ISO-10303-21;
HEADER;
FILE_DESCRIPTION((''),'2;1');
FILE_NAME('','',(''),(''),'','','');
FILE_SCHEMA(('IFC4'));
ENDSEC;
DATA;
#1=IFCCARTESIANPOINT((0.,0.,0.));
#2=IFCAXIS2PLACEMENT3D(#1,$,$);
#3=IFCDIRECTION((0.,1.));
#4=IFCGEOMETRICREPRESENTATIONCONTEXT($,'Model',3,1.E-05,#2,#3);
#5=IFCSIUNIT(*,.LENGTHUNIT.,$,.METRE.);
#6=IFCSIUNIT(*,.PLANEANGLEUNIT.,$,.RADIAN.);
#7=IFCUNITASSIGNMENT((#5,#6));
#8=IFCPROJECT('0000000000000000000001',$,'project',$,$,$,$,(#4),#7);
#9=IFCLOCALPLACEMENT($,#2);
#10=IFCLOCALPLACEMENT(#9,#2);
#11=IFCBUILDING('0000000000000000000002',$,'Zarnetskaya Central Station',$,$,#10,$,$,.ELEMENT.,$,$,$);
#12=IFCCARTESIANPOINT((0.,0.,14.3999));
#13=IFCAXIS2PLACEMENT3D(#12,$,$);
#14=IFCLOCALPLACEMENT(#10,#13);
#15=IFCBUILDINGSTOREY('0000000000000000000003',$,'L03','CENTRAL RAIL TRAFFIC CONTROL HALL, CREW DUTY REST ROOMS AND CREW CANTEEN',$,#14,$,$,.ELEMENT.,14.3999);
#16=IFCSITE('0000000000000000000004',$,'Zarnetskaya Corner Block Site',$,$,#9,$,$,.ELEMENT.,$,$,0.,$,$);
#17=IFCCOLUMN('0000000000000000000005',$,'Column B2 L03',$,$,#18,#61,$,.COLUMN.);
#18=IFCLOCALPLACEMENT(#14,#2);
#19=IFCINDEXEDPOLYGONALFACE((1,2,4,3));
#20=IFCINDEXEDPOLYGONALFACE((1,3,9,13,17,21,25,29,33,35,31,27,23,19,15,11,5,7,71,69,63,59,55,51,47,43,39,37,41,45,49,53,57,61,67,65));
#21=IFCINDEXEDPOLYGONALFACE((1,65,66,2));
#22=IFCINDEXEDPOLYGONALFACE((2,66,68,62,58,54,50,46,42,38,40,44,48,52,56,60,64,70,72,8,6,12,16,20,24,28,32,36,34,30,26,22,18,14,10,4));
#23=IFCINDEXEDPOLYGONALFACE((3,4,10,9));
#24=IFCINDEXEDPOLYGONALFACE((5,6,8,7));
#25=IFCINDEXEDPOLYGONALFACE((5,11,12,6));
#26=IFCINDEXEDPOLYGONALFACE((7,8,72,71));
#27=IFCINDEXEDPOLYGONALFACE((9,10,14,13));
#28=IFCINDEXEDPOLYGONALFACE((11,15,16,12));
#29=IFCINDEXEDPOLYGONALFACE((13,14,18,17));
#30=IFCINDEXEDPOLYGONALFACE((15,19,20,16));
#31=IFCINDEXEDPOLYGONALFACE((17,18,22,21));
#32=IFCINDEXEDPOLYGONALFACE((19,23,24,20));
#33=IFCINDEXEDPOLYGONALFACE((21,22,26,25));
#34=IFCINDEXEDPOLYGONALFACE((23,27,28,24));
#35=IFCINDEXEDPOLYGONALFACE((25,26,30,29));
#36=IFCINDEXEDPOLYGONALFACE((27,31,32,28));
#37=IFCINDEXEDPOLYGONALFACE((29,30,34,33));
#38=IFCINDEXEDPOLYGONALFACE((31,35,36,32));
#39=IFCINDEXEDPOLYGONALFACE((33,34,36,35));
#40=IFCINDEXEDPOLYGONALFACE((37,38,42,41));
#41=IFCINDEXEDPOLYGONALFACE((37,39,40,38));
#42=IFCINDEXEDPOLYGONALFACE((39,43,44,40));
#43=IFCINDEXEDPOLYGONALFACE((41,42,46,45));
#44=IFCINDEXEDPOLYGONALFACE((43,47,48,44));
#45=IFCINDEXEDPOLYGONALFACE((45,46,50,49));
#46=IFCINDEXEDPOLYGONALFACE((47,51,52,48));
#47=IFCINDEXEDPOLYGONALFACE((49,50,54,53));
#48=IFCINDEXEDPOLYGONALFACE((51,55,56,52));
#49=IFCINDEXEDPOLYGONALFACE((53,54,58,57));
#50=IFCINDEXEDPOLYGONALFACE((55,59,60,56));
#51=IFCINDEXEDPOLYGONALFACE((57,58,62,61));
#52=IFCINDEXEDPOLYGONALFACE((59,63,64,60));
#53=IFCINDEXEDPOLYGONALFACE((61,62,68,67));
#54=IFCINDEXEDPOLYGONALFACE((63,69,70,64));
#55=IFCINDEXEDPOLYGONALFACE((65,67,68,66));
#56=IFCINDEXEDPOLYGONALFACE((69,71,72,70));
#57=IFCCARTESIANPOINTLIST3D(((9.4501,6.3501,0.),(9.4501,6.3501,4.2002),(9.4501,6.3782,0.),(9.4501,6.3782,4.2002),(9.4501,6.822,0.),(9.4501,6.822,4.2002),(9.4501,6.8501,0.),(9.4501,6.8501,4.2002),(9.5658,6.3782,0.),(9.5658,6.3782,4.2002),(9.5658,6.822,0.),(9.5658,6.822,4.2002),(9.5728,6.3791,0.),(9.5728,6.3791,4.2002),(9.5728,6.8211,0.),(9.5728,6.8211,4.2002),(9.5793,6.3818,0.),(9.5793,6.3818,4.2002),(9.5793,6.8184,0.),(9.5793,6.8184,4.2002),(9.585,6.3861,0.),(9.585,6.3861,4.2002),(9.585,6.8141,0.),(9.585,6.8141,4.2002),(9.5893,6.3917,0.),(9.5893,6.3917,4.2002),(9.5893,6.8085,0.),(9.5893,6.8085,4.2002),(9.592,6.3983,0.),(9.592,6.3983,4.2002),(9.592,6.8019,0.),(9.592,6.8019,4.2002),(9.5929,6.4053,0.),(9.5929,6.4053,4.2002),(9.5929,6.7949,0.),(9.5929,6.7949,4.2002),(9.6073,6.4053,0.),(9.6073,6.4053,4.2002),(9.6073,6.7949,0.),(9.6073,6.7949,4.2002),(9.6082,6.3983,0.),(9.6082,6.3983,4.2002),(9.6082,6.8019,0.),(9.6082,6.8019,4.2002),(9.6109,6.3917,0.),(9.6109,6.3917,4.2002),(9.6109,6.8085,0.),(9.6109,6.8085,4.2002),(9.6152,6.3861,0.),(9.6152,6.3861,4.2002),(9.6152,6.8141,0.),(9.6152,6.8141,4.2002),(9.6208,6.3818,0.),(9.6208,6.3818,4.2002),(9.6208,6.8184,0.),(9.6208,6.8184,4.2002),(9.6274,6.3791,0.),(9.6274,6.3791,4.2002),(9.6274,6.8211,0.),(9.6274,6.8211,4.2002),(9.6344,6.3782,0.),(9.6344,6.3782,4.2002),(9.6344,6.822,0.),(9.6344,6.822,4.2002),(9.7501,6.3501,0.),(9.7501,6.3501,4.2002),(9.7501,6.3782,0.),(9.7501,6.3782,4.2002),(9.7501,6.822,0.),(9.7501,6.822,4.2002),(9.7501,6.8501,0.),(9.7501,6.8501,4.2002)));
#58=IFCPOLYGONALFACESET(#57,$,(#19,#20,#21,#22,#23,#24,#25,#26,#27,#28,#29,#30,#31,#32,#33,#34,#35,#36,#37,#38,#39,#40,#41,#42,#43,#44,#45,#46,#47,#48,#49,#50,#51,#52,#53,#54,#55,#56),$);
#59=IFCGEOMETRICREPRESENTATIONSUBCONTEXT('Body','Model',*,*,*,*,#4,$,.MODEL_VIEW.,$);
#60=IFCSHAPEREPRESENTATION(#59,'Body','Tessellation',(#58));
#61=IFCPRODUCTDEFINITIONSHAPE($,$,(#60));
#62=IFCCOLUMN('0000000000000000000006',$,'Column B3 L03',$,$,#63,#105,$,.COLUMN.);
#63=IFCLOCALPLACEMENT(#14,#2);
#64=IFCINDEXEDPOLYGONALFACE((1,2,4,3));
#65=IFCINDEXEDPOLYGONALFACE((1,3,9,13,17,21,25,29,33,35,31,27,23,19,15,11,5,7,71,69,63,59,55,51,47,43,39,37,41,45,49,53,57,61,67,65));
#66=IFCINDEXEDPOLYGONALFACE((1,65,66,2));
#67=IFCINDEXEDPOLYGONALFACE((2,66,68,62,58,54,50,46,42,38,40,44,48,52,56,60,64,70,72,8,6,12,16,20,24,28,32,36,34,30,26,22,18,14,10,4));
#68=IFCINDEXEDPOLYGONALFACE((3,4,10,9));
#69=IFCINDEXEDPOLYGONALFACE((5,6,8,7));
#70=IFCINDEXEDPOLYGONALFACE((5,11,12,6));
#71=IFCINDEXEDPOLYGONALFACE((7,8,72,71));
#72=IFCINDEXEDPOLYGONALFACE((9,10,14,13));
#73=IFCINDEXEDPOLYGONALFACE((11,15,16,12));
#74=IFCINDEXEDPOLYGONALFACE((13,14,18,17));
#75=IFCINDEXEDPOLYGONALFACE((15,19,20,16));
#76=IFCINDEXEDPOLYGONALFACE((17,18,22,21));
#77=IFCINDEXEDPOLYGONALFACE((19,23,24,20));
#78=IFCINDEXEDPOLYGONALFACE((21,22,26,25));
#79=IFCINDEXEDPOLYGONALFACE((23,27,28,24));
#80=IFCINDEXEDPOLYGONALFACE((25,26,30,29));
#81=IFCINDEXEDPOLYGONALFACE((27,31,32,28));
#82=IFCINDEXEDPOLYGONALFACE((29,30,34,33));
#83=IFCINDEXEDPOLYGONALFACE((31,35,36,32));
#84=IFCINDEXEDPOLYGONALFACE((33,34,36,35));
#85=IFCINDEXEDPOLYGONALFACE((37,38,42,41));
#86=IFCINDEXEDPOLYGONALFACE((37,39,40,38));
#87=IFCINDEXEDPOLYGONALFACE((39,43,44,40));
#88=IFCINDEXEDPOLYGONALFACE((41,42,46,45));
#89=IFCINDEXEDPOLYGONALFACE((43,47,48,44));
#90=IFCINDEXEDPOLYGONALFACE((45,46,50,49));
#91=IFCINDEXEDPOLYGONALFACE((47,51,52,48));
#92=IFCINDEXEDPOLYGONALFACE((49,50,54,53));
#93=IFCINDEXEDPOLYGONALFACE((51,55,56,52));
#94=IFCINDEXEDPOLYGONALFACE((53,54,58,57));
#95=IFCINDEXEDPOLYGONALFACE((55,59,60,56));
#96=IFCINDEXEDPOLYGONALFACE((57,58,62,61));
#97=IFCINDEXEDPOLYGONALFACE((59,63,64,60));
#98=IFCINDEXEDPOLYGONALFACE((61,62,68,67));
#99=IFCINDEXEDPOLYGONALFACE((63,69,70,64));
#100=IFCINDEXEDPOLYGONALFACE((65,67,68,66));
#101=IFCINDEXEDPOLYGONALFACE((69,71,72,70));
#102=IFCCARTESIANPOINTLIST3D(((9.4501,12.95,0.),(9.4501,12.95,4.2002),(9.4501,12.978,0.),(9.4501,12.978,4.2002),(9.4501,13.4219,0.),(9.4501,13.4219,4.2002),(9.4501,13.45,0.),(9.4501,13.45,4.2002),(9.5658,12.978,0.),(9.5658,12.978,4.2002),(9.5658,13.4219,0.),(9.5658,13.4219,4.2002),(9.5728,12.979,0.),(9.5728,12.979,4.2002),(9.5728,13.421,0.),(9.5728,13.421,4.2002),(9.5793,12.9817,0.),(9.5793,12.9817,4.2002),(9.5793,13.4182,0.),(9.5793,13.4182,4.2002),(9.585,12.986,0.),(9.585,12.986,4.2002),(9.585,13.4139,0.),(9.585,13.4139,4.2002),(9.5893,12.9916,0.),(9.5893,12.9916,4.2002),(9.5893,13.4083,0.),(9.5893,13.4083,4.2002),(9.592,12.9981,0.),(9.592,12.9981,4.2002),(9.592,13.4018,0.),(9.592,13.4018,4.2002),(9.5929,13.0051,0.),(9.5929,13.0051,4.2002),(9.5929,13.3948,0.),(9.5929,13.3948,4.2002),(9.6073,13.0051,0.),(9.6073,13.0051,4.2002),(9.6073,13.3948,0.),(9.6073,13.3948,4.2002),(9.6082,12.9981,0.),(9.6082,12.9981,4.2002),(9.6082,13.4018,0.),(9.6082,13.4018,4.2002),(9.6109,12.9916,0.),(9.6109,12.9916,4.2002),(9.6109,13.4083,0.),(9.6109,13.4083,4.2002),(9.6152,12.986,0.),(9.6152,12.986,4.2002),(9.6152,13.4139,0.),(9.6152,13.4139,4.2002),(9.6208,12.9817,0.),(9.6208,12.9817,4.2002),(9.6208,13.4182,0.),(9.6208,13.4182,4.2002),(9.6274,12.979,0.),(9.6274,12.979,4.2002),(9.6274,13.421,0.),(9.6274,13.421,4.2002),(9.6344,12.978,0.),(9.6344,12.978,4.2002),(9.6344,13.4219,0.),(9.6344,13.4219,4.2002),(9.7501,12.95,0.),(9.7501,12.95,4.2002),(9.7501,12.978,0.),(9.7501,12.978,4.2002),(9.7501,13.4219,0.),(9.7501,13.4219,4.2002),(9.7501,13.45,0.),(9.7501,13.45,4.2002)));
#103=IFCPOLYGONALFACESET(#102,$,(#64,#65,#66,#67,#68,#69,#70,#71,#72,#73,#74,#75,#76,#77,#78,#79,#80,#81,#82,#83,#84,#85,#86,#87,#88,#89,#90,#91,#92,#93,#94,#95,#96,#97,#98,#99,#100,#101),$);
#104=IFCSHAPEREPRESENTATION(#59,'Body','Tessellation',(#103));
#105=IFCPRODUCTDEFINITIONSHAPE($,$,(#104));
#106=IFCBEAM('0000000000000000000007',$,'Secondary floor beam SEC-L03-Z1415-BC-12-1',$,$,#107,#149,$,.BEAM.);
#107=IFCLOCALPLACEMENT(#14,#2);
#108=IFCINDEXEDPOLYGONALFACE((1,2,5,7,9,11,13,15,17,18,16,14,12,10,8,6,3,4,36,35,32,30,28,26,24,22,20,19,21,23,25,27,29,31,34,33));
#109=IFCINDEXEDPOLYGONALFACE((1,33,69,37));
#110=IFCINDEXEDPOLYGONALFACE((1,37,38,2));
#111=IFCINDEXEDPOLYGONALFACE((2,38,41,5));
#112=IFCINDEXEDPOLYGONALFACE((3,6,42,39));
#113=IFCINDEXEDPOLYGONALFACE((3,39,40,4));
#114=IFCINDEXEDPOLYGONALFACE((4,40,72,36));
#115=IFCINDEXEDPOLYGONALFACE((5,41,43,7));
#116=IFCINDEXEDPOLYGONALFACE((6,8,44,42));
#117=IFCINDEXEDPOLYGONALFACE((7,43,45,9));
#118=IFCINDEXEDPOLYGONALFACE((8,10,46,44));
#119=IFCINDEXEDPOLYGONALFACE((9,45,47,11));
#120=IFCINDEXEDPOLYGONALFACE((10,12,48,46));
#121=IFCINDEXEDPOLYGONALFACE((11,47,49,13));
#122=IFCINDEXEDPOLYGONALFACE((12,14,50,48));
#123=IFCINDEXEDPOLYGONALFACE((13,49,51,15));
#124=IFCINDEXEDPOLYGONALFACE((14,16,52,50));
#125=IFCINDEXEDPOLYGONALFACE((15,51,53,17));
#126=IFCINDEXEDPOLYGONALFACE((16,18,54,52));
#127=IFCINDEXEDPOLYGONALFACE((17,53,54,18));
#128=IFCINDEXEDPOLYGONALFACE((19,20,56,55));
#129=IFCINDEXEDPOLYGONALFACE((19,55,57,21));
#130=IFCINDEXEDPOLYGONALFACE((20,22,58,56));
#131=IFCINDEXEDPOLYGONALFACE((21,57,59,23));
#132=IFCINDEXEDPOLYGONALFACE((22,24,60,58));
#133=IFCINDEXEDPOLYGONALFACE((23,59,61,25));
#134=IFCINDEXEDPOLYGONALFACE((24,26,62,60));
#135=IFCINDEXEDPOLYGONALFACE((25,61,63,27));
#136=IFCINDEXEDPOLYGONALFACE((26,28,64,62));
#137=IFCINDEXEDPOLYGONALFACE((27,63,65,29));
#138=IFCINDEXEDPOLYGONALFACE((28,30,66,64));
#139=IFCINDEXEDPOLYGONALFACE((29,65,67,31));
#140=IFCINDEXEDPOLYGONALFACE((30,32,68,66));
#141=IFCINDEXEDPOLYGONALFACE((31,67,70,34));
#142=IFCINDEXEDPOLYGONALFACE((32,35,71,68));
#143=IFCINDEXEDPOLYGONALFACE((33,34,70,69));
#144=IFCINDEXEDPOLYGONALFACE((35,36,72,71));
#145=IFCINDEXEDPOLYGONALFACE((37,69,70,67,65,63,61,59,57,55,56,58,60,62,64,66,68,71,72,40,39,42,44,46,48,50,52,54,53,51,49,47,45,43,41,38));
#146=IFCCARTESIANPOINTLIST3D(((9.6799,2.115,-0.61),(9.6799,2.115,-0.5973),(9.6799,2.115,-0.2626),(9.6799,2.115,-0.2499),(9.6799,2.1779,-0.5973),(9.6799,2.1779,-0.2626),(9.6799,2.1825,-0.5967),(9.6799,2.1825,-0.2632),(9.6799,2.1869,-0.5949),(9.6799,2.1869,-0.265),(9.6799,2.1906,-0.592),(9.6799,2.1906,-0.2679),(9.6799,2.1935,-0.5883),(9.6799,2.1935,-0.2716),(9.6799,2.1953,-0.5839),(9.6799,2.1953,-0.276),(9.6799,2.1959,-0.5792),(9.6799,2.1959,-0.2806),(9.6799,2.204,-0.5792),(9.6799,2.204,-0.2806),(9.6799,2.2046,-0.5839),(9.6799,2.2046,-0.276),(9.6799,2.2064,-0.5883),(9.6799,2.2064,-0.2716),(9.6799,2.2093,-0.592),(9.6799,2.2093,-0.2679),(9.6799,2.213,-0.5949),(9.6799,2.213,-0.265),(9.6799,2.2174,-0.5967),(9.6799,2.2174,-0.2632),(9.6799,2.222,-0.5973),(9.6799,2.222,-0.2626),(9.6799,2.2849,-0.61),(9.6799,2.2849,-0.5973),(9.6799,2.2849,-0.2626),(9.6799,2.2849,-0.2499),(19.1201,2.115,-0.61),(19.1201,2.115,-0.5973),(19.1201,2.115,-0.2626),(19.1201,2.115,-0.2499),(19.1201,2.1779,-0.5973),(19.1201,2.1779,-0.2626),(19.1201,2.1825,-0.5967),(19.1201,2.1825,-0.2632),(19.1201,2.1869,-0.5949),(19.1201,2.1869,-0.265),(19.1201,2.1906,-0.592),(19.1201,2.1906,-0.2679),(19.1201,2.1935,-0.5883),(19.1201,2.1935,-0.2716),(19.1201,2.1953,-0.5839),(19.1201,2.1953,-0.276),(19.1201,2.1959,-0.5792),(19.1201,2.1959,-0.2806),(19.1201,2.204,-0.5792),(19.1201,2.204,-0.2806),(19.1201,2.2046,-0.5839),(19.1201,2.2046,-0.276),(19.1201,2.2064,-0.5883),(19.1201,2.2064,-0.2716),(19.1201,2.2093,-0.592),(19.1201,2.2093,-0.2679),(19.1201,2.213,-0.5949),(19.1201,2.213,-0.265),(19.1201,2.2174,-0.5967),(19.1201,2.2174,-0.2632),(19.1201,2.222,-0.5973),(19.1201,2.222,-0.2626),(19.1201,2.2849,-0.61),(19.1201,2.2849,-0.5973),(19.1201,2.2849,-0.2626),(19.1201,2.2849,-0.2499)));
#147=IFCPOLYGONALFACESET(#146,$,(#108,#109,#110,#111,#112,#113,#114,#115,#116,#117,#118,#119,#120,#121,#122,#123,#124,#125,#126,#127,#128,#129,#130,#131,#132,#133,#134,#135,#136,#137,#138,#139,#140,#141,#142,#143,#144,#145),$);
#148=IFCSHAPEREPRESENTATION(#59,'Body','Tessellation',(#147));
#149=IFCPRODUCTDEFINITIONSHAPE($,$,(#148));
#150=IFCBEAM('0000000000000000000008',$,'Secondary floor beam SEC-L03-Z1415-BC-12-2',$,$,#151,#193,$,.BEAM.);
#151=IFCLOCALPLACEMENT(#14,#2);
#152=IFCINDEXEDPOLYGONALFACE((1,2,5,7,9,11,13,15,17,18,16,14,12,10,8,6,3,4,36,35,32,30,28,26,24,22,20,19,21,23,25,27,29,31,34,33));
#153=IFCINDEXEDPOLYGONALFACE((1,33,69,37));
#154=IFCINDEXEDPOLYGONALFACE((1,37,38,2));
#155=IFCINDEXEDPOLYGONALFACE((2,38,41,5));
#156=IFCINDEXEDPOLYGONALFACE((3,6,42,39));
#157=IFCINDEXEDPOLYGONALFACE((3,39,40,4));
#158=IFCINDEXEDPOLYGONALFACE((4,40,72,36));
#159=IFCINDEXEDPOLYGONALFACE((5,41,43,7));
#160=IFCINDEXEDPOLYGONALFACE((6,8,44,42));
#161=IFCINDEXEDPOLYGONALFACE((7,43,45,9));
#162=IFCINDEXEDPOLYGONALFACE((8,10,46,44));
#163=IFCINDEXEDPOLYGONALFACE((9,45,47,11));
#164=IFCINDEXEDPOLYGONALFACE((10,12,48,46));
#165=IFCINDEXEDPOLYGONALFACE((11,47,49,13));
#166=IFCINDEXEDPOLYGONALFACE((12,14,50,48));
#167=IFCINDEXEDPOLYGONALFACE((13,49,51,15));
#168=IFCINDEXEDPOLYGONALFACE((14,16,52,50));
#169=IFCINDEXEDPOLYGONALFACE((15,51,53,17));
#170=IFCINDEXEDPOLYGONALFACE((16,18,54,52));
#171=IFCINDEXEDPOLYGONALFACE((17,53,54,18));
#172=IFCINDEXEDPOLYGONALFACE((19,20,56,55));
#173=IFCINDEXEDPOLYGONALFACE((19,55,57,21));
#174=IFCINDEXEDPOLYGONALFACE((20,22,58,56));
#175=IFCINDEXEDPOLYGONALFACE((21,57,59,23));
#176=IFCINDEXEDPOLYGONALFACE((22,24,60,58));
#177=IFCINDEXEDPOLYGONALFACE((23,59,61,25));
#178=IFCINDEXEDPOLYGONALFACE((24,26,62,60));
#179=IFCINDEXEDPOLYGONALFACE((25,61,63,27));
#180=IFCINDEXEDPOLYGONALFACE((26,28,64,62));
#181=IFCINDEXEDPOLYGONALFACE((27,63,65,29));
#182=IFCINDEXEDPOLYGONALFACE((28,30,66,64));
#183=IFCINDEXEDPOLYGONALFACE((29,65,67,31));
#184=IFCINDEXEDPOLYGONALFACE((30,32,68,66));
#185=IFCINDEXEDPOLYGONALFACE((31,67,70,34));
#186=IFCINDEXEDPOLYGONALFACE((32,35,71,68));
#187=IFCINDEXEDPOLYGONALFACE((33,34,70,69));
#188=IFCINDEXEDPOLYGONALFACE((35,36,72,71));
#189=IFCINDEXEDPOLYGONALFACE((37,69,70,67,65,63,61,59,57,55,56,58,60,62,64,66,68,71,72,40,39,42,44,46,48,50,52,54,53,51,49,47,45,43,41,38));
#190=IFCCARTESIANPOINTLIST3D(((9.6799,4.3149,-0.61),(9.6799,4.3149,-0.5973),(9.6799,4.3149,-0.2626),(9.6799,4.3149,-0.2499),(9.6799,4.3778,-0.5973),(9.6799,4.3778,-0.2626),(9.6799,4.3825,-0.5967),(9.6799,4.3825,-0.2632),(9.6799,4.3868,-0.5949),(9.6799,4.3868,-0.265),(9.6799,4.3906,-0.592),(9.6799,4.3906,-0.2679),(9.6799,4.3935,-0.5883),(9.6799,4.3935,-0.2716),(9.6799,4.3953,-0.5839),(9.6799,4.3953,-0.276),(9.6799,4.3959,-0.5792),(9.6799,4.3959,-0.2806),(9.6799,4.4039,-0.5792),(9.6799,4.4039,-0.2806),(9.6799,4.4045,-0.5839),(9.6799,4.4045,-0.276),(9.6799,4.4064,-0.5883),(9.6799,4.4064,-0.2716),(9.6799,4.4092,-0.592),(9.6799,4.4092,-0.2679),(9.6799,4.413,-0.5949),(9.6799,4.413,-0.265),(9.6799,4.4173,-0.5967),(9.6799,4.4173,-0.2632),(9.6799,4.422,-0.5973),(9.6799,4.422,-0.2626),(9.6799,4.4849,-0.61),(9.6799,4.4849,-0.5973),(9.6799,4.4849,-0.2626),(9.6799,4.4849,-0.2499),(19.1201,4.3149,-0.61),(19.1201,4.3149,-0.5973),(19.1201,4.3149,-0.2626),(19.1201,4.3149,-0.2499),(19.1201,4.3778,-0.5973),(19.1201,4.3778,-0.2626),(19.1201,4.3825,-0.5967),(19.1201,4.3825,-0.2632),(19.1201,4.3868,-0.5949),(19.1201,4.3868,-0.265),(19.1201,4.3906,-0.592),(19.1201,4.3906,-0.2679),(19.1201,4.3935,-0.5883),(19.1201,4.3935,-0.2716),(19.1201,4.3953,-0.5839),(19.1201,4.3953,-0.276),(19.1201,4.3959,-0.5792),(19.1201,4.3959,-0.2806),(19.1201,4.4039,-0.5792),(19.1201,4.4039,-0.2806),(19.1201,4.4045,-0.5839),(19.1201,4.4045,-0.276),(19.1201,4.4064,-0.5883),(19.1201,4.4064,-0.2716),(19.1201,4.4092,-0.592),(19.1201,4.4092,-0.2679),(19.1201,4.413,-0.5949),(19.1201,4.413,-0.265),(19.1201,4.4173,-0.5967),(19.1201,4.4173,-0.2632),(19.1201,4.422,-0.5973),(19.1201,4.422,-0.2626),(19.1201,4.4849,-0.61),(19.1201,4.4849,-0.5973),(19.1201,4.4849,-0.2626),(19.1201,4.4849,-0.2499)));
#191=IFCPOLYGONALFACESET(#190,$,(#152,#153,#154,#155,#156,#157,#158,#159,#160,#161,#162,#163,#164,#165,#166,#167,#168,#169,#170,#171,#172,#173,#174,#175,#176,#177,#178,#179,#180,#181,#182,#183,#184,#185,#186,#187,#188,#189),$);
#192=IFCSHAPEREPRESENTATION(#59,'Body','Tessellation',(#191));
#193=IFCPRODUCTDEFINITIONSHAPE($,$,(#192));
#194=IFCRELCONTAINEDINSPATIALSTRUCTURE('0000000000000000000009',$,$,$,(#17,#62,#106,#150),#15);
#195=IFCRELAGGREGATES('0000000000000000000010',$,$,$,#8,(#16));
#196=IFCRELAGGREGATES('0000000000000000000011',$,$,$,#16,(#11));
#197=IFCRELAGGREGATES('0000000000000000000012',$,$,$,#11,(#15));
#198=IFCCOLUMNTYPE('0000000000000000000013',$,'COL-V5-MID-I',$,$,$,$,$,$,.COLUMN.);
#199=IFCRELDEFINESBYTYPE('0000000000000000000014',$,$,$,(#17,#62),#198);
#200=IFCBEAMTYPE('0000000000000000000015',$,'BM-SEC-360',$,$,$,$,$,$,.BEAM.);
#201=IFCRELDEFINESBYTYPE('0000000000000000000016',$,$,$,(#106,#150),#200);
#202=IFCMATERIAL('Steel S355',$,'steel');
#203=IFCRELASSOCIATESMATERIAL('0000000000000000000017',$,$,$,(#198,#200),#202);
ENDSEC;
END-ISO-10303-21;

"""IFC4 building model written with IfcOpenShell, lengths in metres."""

from ifc_helpers import new_model, si_unit, direction, frame, origin, origin_2d, place, context, subcontext, project, spatial, i_section, extrude, material, material_profile, profile_set, type_object, element, save


model = new_model("IFC4")

# Units and contexts
model_context = context("Model", 3, precision=1e-05, world=origin(), true_north=direction((0.0, 1.0)))
body_context = subcontext(model_context, "Body", "Model", "MODEL_VIEW")
ifc_project = project(units=[si_unit("LENGTHUNIT", "METRE"), si_unit("PLANEANGLEUNIT", "RADIAN")], contexts=[model_context])

# Site, building, storey
site_placement = place(None, origin())
site = spatial("IfcSite", under=ifc_project, at=site_placement, Name="Zarnetskaya Corner Block Site", CompositionType="ELEMENT", RefElevation=0.0)
building_placement = place(site_placement, origin())
building = spatial("IfcBuilding", under=site, at=building_placement, Name="Zarnetskaya Central Station", CompositionType="ELEMENT")
storey_placement = place(building_placement, frame((0.0, 0.0, 14.3999)))
storey = spatial("IfcBuildingStorey", under=building, at=storey_placement, Name="L03", Description="CENTRAL RAIL TRAFFIC CONTROL HALL, CREW DUTY REST ROOMS AND CREW CANTEEN", CompositionType="ELEMENT", Elevation=14.3999)

# Columns
ifc_material_1 = material(Name="Steel S355", Category="steel")
ifc_material_profile_1 = material_profile(ifc_material_1, i_section(OverallWidth=0.3, OverallDepth=0.5, WebThickness=0.0144, FlangeThickness=0.0281, FilletRadius=0.0271, at=origin_2d()), Name="HEB 500")
ifc_profile_set_1 = profile_set([ifc_material_profile_1], Name="Steel S355")
column_type = type_object("IfcColumnType", Name="COL-V5-MID-I", PredefinedType="COLUMN", material=ifc_profile_set_1)
for number, where, z_axis, x_axis, name in (
    (1, (9.6001, 6.6001, 0.0), (0.0, 0.0, 1.0), (1.0, 0.0, 0.0), "Column B2 L03"),
    (2, (9.6001, 13.2, 0.0), (0.0, 0.0, 1.0), (1.0, 0.0, 0.0), "Column B3 L03"),
):
    element("IfcColumn", number, at=place(storey_placement, frame(where, z_axis=z_axis, x_axis=x_axis)), inside=storey, type_object=column_type, Name=name, PredefinedType="COLUMN", context=body_context, shape_type="SweptSolid", body=[
        extrude(i_section(OverallWidth=0.3, OverallDepth=0.5, WebThickness=0.0144, FlangeThickness=0.0281, FilletRadius=0.0271, at=origin_2d()), origin(), (0.0, 0.0, 1.0), 4.2002),
    ])

# Beams
ifc_material_profile_2 = material_profile(ifc_material_1, i_section(OverallWidth=0.1699, OverallDepth=0.3601, WebThickness=0.0081, FlangeThickness=0.0127, FilletRadius=0.0181, at=origin_2d()), Name="IPE 360")
ifc_profile_set_2 = profile_set([ifc_material_profile_2], Name="Steel S355")
beam_type_1 = type_object("IfcBeamType", Name="BM-SEC-360", PredefinedType="BEAM", material=ifc_profile_set_2)
for number, where, z_axis, x_axis, name in (
    (3, (9.6799, 2.2, -0.4299), (1.0, 0.0, 0.0), (0.0, 1.0, 0.0), "Secondary floor beam SEC-L03-Z1415-BC-12-1"),
    (4, (9.6799, 4.3999, -0.4299), (1.0, 0.0, 0.0), (0.0, 1.0, 0.0), "Secondary floor beam SEC-L03-Z1415-BC-12-2"),
):
    element("IfcBeam", number, at=place(storey_placement, frame(where, z_axis=z_axis, x_axis=x_axis)), inside=storey, type_object=beam_type_1, Name=name, PredefinedType="BEAM", context=body_context, shape_type="SweptSolid", body=[
        extrude(i_section(OverallWidth=0.1699, OverallDepth=0.3601, WebThickness=0.0081, FlangeThickness=0.0127, FilletRadius=0.0181, at=origin_2d()), origin(), (0.0, 0.0, 1.0), 9.4402),
    ])

save(model, "model.ifc")
